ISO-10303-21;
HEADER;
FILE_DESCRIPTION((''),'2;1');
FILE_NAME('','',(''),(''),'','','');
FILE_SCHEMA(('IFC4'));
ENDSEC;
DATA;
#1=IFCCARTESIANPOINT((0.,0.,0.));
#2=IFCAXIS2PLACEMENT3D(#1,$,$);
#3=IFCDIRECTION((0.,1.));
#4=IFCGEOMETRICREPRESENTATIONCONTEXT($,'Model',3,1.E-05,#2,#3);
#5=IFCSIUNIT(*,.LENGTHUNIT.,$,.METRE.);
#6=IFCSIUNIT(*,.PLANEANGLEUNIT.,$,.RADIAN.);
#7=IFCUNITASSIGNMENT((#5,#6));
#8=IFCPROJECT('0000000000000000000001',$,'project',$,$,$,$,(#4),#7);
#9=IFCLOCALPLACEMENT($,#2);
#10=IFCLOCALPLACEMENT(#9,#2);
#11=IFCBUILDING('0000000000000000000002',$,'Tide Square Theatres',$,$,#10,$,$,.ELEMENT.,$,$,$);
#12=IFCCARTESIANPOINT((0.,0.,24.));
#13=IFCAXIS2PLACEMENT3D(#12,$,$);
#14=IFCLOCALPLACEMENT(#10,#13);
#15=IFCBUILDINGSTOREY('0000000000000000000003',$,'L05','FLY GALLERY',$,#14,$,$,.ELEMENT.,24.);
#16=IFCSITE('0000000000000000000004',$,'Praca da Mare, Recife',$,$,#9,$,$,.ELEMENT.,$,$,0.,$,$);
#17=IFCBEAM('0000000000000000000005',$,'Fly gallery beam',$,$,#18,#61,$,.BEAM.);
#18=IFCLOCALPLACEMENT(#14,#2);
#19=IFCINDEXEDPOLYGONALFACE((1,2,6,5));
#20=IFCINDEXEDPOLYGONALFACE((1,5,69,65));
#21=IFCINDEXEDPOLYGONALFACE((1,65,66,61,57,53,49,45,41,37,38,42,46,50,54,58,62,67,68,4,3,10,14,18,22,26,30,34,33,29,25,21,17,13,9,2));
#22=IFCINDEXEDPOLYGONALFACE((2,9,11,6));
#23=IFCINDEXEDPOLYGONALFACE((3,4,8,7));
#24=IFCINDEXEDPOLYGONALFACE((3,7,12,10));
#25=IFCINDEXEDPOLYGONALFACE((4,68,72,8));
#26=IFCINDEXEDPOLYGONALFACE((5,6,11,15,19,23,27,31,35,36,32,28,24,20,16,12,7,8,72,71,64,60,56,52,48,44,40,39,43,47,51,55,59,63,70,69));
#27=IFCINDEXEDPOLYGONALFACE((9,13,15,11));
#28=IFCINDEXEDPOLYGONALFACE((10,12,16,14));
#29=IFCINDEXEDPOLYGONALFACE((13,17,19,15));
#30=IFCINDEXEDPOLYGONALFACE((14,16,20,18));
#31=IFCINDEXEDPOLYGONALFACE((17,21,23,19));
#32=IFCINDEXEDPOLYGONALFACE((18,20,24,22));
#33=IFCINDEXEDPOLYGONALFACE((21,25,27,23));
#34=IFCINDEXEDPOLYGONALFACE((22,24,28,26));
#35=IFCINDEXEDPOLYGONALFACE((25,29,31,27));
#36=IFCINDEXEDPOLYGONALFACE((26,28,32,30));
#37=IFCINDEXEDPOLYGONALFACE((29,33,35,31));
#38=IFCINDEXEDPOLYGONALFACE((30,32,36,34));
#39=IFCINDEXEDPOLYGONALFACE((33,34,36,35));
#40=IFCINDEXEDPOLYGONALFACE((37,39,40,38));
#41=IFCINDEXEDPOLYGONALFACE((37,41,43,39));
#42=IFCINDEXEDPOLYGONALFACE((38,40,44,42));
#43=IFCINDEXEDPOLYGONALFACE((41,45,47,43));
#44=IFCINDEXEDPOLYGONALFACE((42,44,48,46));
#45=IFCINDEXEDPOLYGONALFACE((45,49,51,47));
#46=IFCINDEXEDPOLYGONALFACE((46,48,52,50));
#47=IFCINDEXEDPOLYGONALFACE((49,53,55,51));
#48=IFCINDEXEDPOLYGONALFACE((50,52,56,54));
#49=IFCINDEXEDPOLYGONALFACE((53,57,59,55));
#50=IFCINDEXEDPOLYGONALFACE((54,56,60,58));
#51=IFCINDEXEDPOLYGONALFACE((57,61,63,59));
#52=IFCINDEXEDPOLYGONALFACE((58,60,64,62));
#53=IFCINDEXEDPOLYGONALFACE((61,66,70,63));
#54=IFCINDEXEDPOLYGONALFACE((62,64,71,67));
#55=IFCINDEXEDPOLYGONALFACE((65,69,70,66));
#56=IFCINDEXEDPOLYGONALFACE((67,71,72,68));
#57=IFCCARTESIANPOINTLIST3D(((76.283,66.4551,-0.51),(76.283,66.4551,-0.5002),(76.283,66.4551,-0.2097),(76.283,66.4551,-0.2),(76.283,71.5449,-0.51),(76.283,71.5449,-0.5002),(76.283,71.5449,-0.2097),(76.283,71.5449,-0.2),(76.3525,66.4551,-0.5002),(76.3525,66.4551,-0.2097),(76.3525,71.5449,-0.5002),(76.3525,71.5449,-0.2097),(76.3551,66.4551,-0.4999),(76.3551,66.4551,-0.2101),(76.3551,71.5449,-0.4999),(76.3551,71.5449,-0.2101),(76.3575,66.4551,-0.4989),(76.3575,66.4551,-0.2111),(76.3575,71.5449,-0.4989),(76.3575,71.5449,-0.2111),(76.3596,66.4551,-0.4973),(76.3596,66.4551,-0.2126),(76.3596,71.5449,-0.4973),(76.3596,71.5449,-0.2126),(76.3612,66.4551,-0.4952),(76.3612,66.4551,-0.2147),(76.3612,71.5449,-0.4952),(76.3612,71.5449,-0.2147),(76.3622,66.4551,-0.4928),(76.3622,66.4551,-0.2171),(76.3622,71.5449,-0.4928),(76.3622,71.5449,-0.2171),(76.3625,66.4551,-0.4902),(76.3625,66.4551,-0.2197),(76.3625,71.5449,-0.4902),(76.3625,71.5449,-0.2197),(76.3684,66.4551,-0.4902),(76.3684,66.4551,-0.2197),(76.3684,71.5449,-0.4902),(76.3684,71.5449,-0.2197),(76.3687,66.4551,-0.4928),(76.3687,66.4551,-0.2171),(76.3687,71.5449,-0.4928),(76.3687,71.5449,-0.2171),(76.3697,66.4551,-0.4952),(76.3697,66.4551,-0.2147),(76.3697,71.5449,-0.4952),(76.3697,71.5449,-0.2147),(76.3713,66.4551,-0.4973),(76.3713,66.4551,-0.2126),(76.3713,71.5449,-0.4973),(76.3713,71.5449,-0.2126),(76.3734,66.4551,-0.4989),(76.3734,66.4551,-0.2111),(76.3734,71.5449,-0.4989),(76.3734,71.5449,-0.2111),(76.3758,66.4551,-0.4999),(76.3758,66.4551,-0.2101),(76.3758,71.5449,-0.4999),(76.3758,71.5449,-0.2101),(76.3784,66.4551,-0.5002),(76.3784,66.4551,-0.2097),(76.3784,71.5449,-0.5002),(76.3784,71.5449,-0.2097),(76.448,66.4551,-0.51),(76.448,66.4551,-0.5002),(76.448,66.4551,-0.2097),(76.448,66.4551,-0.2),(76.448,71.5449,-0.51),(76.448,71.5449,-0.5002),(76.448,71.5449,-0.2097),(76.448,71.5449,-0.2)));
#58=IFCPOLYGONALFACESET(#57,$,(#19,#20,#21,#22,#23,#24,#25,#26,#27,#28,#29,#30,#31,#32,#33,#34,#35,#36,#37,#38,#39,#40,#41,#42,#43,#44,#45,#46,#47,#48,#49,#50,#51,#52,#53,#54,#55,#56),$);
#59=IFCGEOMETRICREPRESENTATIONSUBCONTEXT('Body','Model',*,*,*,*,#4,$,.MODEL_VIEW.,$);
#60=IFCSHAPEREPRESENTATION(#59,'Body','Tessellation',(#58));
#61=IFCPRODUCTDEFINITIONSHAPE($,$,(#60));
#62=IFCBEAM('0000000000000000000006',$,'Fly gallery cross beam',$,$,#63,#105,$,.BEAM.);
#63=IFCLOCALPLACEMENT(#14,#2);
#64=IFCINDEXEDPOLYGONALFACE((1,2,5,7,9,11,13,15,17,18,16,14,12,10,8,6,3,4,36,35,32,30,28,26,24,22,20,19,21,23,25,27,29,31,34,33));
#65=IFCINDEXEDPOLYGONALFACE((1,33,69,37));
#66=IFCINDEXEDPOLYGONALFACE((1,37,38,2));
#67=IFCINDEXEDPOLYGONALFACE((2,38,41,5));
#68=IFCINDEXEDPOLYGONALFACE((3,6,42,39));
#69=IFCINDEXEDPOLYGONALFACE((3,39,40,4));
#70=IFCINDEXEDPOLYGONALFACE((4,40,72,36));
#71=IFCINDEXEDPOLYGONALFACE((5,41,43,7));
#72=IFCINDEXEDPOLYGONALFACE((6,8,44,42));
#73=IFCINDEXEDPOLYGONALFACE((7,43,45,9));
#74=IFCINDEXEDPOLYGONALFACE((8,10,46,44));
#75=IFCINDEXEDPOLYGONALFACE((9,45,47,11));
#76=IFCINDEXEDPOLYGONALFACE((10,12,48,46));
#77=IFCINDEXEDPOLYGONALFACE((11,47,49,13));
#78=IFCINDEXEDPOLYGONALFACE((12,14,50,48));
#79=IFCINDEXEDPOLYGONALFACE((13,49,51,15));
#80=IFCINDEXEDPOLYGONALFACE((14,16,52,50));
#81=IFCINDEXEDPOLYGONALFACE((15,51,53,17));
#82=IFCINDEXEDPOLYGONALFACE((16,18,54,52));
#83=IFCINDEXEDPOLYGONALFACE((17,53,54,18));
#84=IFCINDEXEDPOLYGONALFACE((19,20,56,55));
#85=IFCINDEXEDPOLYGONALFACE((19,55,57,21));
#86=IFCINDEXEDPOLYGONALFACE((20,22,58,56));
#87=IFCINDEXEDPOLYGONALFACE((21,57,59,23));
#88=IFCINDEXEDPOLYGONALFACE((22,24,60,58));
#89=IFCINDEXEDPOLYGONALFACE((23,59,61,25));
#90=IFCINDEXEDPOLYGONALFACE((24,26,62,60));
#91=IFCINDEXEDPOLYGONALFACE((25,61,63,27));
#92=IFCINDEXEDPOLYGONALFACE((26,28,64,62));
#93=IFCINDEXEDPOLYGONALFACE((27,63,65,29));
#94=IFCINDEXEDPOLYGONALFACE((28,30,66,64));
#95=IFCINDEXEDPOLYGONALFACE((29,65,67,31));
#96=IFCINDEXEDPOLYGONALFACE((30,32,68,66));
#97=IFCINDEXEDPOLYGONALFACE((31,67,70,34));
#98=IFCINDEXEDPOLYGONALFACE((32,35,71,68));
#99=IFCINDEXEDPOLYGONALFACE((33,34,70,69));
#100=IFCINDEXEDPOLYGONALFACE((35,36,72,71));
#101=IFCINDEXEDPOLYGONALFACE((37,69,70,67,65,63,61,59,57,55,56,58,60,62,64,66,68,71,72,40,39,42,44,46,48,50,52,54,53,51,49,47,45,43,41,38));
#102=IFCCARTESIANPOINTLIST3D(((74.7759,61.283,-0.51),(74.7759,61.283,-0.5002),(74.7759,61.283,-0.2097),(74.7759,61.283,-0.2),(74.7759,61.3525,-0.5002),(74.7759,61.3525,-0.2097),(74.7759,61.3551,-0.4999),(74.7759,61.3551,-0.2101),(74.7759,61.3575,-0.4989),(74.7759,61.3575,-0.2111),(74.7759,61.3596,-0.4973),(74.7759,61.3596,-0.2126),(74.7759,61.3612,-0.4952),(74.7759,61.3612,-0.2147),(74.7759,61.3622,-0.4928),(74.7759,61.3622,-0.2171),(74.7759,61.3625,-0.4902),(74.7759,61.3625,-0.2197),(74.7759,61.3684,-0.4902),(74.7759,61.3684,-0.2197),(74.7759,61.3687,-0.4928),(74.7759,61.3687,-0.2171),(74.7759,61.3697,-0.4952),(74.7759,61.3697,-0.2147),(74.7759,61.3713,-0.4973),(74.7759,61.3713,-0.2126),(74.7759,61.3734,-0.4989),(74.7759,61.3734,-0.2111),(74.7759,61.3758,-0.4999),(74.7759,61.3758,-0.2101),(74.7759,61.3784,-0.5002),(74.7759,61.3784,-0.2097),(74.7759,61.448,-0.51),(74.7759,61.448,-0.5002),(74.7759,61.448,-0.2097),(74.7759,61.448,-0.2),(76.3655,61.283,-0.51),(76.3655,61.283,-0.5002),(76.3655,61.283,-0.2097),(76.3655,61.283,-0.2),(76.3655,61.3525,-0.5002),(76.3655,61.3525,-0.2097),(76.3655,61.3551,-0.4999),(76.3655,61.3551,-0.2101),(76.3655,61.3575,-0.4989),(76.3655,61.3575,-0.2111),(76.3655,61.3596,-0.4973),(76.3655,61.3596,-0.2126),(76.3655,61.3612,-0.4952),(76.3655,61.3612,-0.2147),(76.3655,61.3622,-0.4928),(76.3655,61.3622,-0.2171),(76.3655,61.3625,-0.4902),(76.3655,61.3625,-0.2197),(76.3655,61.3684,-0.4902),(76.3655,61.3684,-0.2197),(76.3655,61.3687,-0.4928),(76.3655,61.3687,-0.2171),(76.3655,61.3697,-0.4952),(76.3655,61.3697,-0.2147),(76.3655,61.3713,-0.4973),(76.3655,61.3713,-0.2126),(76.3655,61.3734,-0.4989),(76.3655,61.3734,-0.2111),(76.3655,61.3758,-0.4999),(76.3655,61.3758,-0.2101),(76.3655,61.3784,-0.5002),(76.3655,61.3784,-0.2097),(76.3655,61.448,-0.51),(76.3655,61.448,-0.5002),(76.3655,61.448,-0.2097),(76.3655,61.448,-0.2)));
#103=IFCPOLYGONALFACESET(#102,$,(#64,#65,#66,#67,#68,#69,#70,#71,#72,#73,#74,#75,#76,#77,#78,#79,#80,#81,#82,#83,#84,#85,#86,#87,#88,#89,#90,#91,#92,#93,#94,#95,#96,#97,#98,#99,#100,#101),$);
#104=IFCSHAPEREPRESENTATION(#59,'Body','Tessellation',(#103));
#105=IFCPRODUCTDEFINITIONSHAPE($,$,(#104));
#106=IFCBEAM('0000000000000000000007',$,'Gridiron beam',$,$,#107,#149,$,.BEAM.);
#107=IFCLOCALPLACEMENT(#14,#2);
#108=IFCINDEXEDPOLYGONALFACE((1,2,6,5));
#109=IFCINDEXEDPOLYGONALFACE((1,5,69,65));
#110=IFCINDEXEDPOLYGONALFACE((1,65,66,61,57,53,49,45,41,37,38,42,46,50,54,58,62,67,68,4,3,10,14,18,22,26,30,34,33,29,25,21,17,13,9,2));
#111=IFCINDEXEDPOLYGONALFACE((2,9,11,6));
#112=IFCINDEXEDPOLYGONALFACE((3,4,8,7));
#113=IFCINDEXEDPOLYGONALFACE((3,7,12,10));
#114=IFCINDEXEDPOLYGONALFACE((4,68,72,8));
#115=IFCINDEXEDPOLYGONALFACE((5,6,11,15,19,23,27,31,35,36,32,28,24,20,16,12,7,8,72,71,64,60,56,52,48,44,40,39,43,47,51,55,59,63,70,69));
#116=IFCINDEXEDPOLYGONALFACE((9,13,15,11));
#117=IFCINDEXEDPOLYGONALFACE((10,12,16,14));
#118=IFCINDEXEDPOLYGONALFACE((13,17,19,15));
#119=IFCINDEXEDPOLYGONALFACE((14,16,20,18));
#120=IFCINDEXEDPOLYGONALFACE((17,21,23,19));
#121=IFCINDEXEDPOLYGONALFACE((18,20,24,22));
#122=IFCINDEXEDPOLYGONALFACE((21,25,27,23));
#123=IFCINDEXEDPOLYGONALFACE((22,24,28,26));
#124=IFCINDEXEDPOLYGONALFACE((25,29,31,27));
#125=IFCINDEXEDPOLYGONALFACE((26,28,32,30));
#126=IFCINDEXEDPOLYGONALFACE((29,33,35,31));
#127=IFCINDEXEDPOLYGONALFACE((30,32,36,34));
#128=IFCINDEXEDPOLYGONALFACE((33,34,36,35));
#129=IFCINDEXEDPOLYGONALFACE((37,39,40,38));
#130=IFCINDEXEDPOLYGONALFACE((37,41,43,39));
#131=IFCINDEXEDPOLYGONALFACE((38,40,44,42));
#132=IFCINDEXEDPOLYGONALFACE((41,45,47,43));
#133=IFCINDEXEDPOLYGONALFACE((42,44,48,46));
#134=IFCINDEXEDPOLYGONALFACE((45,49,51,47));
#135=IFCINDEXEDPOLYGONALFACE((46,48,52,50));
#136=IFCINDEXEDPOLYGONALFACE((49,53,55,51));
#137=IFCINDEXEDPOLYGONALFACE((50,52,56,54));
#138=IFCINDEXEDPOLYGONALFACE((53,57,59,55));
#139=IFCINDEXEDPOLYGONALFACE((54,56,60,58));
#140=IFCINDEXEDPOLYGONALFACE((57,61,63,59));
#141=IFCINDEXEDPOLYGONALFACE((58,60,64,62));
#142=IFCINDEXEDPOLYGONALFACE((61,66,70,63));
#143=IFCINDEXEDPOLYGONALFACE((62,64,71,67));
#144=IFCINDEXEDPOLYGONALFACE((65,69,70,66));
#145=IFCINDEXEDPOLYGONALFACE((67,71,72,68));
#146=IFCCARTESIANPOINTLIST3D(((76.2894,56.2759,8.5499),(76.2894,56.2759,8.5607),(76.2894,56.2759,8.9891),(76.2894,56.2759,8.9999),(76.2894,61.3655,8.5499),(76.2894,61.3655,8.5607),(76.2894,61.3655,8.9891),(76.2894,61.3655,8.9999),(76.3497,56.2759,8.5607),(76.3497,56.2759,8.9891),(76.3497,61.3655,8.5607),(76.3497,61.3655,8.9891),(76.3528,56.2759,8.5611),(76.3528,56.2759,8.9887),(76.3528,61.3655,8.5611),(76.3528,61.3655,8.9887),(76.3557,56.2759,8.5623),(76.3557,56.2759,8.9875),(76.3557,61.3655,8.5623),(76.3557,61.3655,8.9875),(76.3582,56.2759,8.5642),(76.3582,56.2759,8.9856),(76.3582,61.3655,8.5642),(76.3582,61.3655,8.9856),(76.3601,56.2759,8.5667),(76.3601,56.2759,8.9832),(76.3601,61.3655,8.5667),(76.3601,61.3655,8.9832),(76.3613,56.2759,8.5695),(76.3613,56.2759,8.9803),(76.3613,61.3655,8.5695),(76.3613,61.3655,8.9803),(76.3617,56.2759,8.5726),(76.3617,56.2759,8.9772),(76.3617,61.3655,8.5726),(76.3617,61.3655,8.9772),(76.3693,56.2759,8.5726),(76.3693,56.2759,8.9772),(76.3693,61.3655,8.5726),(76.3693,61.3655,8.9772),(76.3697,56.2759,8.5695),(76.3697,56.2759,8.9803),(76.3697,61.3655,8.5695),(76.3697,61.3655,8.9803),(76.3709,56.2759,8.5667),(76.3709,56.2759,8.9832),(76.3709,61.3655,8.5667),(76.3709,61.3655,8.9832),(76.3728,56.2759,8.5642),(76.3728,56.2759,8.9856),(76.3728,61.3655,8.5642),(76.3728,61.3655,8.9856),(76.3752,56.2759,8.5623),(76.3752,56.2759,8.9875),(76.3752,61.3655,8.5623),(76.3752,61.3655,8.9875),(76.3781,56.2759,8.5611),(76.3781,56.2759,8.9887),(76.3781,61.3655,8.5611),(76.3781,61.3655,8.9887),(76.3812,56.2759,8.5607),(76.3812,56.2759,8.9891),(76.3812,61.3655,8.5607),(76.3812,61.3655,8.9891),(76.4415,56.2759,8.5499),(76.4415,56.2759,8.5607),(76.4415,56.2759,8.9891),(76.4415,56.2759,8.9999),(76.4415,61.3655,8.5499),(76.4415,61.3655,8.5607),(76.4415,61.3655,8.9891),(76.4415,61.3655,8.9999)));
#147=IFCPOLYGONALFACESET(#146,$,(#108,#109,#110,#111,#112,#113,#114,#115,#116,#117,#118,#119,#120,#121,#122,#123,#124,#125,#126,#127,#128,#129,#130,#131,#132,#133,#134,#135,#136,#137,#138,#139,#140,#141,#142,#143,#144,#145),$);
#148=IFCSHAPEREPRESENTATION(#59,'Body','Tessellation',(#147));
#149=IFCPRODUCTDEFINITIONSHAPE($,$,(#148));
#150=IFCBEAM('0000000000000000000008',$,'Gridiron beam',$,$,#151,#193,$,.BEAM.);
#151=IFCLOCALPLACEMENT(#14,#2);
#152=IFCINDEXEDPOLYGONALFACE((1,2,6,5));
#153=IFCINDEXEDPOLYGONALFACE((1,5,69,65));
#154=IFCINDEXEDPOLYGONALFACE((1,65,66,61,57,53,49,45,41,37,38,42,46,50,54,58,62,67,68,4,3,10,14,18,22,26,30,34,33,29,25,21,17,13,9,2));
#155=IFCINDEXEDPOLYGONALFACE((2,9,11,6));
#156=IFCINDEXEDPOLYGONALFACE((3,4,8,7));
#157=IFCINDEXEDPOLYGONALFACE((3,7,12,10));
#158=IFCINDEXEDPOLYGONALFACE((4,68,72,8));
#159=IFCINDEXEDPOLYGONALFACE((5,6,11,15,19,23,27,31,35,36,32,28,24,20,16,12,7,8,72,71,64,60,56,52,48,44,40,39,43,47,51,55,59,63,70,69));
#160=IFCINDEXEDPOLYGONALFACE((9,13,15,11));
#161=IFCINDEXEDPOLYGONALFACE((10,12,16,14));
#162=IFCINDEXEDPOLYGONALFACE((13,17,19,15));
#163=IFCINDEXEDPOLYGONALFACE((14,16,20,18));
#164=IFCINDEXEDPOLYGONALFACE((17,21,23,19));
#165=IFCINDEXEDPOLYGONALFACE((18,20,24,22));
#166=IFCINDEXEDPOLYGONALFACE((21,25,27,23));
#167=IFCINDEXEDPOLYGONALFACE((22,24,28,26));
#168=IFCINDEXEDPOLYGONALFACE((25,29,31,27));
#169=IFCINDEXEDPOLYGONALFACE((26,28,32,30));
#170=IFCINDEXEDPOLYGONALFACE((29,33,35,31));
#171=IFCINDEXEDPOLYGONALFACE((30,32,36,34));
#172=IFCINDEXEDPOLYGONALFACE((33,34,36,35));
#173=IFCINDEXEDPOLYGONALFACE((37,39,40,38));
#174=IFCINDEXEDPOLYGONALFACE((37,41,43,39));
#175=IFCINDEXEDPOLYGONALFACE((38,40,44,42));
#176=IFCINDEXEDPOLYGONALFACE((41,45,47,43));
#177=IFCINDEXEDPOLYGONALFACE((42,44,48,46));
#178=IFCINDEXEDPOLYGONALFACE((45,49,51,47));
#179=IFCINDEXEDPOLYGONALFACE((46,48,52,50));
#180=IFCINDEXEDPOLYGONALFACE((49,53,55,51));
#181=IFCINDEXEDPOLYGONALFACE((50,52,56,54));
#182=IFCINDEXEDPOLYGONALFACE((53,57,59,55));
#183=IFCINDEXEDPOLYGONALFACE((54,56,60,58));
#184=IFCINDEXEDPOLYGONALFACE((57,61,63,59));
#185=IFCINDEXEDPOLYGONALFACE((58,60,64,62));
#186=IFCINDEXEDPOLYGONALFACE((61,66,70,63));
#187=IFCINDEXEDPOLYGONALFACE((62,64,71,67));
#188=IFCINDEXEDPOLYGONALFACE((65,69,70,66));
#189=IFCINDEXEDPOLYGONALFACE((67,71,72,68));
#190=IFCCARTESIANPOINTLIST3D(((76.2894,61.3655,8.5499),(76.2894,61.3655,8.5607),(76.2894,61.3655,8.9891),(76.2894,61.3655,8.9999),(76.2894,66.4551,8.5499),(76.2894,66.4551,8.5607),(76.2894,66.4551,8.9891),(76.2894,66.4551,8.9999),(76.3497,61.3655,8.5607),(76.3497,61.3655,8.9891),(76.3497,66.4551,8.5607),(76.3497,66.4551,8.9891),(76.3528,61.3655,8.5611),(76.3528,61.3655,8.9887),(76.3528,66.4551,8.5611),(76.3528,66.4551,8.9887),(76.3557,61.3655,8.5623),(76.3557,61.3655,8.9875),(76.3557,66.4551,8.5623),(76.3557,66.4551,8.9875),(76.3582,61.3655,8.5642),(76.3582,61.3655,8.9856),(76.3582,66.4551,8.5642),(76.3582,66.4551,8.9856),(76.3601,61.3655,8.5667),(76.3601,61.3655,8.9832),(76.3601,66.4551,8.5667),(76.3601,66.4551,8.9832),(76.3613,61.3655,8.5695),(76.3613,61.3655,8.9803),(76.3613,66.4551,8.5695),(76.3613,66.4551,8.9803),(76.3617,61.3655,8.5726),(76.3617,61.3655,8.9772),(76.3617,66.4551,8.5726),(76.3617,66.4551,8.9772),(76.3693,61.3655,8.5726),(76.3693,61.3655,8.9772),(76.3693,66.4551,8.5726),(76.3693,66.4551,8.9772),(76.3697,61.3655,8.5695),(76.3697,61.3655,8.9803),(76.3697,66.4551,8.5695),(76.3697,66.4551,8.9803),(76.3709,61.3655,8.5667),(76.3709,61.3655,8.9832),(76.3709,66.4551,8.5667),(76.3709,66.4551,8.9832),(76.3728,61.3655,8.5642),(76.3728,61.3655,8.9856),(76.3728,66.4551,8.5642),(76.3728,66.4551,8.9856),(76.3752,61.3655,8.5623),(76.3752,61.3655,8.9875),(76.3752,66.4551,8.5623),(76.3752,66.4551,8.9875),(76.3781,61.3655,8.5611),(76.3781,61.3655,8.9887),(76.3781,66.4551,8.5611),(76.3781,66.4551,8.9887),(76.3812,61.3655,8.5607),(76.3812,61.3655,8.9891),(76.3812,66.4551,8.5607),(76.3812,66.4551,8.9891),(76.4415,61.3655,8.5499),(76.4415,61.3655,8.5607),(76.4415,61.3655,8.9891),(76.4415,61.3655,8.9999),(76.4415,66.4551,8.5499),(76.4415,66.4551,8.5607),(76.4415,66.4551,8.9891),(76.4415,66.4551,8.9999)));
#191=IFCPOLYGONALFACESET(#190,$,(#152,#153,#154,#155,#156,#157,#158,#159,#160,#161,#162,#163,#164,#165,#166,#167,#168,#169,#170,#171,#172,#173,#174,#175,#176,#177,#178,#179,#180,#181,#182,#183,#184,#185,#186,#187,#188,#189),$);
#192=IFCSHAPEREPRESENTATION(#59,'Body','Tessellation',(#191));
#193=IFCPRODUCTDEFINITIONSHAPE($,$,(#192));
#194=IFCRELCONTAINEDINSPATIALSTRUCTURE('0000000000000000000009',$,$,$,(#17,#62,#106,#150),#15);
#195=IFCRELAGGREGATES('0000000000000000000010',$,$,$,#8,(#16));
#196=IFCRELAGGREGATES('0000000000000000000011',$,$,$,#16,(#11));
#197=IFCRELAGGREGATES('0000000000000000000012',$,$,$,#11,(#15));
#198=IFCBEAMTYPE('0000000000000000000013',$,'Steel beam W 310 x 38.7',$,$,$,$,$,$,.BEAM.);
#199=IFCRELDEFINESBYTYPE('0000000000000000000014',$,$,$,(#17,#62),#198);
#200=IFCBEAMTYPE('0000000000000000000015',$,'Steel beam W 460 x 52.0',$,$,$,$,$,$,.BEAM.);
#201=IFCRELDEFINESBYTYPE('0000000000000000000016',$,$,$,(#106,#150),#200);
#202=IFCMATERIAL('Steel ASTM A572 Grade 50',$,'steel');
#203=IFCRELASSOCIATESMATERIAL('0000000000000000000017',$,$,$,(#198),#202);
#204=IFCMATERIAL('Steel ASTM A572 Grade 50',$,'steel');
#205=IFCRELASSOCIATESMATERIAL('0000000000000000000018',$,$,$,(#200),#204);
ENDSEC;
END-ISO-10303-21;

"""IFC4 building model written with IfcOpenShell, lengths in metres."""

from ifc_helpers import new_model, si_unit, direction, frame, origin, origin_2d, place, context, subcontext, project, spatial, i_section, extrude, material, material_profile, profile_set, type_object, element, save


model = new_model("IFC4")

# Units and contexts
model_context = context("Model", 3, precision=1e-05, world=origin(), true_north=direction((0.0, 1.0)))
body_context = subcontext(model_context, "Body", "Model", "MODEL_VIEW")
ifc_project = project(units=[si_unit("LENGTHUNIT", "METRE"), si_unit("PLANEANGLEUNIT", "RADIAN")], contexts=[model_context])

# Site, building, storey
site_placement = place(None, origin())
site = spatial("IfcSite", under=ifc_project, at=site_placement, Name="Praca da Mare, Recife", CompositionType="ELEMENT", RefElevation=0.0)
building_placement = place(site_placement, origin())
building = spatial("IfcBuilding", under=site, at=building_placement, Name="Tide Square Theatres", CompositionType="ELEMENT")
storey_placement = place(building_placement, frame((0.0, 0.0, 24.0)))
storey = spatial("IfcBuildingStorey", under=building, at=storey_placement, Name="L05", Description="FLY GALLERY", CompositionType="ELEMENT", Elevation=24.0)

# Beams
ifc_material_1 = material(Name="Steel ASTM A572 Grade 50", Category="steel")
ifc_material_profile_1 = material_profile(ifc_material_1, i_section(OverallWidth=0.165, OverallDepth=0.3101, WebThickness=0.0059, FlangeThickness=0.0098, FilletRadius=0.01, at=origin_2d()))
ifc_profile_set_1 = profile_set([ifc_material_profile_1], Name="Steel ASTM A572 Grade 50")
beam_type_1 = type_object("IfcBeamType", Name="Steel beam W 310 x 38.7", PredefinedType="BEAM", material=ifc_profile_set_1)
beam_1_placement = place(storey_placement, frame((76.3655, 66.4551, -0.355), z_axis=(0.0, 1.0, 0.0), x_axis=(-1.0, 0.0, 0.0)))
element("IfcBeam", 1, at=beam_1_placement, inside=storey, type_object=beam_type_1, Name="Fly gallery beam", PredefinedType="BEAM", context=body_context, shape_type="SweptSolid", body=[
    extrude(i_section(OverallWidth=0.165, OverallDepth=0.3101, WebThickness=0.0059, FlangeThickness=0.0098, FilletRadius=0.01, at=origin_2d()), origin(), (0.0, 0.0, 1.0), 5.0898),
])
beam_2_placement = place(storey_placement, frame((74.7759, 61.3655, -0.355), z_axis=(1.0, 0.0, 0.0), x_axis=(0.0, 1.0, 0.0)))
element("IfcBeam", 2, at=beam_2_placement, inside=storey, type_object=beam_type_1, Name="Fly gallery cross beam", PredefinedType="BEAM", context=body_context, shape_type="SweptSolid", body=[
    extrude(i_section(OverallWidth=0.165, OverallDepth=0.3101, WebThickness=0.0059, FlangeThickness=0.0098, FilletRadius=0.01, at=origin_2d()), origin(), (0.0, 0.0, 1.0), 1.5896),
])
ifc_material_2 = material(Name="Steel ASTM A572 Grade 50", Category="steel")
ifc_material_profile_2 = material_profile(ifc_material_2, i_section(OverallWidth=0.1521, OverallDepth=0.45, WebThickness=0.0076, FlangeThickness=0.0107, FilletRadius=0.012, at=origin_2d()))
ifc_profile_set_2 = profile_set([ifc_material_profile_2], Name="Steel ASTM A572 Grade 50")
beam_type_2 = type_object("IfcBeamType", Name="Steel beam W 460 x 52.0", PredefinedType="BEAM", material=ifc_profile_set_2)
for number, where, z_axis, x_axis, name in (
    (3, (76.3655, 56.2759, 8.7749), (0.0, 1.0, 0.0), (-1.0, 0.0, 0.0), "Gridiron beam"),
    (4, (76.3655, 61.3655, 8.7749), (0.0, 1.0, 0.0), (-1.0, 0.0, 0.0), "Gridiron beam"),
):
    element("IfcBeam", number, at=place(storey_placement, frame(where, z_axis=z_axis, x_axis=x_axis)), inside=storey, type_object=beam_type_2, Name=name, PredefinedType="BEAM", context=body_context, shape_type="SweptSolid", body=[
        extrude(i_section(OverallWidth=0.1521, OverallDepth=0.45, WebThickness=0.0076, FlangeThickness=0.0107, FilletRadius=0.012, at=origin_2d()), origin(), (0.0, 0.0, 1.0), 5.0896),
    ])

save(model, "model.ifc")
